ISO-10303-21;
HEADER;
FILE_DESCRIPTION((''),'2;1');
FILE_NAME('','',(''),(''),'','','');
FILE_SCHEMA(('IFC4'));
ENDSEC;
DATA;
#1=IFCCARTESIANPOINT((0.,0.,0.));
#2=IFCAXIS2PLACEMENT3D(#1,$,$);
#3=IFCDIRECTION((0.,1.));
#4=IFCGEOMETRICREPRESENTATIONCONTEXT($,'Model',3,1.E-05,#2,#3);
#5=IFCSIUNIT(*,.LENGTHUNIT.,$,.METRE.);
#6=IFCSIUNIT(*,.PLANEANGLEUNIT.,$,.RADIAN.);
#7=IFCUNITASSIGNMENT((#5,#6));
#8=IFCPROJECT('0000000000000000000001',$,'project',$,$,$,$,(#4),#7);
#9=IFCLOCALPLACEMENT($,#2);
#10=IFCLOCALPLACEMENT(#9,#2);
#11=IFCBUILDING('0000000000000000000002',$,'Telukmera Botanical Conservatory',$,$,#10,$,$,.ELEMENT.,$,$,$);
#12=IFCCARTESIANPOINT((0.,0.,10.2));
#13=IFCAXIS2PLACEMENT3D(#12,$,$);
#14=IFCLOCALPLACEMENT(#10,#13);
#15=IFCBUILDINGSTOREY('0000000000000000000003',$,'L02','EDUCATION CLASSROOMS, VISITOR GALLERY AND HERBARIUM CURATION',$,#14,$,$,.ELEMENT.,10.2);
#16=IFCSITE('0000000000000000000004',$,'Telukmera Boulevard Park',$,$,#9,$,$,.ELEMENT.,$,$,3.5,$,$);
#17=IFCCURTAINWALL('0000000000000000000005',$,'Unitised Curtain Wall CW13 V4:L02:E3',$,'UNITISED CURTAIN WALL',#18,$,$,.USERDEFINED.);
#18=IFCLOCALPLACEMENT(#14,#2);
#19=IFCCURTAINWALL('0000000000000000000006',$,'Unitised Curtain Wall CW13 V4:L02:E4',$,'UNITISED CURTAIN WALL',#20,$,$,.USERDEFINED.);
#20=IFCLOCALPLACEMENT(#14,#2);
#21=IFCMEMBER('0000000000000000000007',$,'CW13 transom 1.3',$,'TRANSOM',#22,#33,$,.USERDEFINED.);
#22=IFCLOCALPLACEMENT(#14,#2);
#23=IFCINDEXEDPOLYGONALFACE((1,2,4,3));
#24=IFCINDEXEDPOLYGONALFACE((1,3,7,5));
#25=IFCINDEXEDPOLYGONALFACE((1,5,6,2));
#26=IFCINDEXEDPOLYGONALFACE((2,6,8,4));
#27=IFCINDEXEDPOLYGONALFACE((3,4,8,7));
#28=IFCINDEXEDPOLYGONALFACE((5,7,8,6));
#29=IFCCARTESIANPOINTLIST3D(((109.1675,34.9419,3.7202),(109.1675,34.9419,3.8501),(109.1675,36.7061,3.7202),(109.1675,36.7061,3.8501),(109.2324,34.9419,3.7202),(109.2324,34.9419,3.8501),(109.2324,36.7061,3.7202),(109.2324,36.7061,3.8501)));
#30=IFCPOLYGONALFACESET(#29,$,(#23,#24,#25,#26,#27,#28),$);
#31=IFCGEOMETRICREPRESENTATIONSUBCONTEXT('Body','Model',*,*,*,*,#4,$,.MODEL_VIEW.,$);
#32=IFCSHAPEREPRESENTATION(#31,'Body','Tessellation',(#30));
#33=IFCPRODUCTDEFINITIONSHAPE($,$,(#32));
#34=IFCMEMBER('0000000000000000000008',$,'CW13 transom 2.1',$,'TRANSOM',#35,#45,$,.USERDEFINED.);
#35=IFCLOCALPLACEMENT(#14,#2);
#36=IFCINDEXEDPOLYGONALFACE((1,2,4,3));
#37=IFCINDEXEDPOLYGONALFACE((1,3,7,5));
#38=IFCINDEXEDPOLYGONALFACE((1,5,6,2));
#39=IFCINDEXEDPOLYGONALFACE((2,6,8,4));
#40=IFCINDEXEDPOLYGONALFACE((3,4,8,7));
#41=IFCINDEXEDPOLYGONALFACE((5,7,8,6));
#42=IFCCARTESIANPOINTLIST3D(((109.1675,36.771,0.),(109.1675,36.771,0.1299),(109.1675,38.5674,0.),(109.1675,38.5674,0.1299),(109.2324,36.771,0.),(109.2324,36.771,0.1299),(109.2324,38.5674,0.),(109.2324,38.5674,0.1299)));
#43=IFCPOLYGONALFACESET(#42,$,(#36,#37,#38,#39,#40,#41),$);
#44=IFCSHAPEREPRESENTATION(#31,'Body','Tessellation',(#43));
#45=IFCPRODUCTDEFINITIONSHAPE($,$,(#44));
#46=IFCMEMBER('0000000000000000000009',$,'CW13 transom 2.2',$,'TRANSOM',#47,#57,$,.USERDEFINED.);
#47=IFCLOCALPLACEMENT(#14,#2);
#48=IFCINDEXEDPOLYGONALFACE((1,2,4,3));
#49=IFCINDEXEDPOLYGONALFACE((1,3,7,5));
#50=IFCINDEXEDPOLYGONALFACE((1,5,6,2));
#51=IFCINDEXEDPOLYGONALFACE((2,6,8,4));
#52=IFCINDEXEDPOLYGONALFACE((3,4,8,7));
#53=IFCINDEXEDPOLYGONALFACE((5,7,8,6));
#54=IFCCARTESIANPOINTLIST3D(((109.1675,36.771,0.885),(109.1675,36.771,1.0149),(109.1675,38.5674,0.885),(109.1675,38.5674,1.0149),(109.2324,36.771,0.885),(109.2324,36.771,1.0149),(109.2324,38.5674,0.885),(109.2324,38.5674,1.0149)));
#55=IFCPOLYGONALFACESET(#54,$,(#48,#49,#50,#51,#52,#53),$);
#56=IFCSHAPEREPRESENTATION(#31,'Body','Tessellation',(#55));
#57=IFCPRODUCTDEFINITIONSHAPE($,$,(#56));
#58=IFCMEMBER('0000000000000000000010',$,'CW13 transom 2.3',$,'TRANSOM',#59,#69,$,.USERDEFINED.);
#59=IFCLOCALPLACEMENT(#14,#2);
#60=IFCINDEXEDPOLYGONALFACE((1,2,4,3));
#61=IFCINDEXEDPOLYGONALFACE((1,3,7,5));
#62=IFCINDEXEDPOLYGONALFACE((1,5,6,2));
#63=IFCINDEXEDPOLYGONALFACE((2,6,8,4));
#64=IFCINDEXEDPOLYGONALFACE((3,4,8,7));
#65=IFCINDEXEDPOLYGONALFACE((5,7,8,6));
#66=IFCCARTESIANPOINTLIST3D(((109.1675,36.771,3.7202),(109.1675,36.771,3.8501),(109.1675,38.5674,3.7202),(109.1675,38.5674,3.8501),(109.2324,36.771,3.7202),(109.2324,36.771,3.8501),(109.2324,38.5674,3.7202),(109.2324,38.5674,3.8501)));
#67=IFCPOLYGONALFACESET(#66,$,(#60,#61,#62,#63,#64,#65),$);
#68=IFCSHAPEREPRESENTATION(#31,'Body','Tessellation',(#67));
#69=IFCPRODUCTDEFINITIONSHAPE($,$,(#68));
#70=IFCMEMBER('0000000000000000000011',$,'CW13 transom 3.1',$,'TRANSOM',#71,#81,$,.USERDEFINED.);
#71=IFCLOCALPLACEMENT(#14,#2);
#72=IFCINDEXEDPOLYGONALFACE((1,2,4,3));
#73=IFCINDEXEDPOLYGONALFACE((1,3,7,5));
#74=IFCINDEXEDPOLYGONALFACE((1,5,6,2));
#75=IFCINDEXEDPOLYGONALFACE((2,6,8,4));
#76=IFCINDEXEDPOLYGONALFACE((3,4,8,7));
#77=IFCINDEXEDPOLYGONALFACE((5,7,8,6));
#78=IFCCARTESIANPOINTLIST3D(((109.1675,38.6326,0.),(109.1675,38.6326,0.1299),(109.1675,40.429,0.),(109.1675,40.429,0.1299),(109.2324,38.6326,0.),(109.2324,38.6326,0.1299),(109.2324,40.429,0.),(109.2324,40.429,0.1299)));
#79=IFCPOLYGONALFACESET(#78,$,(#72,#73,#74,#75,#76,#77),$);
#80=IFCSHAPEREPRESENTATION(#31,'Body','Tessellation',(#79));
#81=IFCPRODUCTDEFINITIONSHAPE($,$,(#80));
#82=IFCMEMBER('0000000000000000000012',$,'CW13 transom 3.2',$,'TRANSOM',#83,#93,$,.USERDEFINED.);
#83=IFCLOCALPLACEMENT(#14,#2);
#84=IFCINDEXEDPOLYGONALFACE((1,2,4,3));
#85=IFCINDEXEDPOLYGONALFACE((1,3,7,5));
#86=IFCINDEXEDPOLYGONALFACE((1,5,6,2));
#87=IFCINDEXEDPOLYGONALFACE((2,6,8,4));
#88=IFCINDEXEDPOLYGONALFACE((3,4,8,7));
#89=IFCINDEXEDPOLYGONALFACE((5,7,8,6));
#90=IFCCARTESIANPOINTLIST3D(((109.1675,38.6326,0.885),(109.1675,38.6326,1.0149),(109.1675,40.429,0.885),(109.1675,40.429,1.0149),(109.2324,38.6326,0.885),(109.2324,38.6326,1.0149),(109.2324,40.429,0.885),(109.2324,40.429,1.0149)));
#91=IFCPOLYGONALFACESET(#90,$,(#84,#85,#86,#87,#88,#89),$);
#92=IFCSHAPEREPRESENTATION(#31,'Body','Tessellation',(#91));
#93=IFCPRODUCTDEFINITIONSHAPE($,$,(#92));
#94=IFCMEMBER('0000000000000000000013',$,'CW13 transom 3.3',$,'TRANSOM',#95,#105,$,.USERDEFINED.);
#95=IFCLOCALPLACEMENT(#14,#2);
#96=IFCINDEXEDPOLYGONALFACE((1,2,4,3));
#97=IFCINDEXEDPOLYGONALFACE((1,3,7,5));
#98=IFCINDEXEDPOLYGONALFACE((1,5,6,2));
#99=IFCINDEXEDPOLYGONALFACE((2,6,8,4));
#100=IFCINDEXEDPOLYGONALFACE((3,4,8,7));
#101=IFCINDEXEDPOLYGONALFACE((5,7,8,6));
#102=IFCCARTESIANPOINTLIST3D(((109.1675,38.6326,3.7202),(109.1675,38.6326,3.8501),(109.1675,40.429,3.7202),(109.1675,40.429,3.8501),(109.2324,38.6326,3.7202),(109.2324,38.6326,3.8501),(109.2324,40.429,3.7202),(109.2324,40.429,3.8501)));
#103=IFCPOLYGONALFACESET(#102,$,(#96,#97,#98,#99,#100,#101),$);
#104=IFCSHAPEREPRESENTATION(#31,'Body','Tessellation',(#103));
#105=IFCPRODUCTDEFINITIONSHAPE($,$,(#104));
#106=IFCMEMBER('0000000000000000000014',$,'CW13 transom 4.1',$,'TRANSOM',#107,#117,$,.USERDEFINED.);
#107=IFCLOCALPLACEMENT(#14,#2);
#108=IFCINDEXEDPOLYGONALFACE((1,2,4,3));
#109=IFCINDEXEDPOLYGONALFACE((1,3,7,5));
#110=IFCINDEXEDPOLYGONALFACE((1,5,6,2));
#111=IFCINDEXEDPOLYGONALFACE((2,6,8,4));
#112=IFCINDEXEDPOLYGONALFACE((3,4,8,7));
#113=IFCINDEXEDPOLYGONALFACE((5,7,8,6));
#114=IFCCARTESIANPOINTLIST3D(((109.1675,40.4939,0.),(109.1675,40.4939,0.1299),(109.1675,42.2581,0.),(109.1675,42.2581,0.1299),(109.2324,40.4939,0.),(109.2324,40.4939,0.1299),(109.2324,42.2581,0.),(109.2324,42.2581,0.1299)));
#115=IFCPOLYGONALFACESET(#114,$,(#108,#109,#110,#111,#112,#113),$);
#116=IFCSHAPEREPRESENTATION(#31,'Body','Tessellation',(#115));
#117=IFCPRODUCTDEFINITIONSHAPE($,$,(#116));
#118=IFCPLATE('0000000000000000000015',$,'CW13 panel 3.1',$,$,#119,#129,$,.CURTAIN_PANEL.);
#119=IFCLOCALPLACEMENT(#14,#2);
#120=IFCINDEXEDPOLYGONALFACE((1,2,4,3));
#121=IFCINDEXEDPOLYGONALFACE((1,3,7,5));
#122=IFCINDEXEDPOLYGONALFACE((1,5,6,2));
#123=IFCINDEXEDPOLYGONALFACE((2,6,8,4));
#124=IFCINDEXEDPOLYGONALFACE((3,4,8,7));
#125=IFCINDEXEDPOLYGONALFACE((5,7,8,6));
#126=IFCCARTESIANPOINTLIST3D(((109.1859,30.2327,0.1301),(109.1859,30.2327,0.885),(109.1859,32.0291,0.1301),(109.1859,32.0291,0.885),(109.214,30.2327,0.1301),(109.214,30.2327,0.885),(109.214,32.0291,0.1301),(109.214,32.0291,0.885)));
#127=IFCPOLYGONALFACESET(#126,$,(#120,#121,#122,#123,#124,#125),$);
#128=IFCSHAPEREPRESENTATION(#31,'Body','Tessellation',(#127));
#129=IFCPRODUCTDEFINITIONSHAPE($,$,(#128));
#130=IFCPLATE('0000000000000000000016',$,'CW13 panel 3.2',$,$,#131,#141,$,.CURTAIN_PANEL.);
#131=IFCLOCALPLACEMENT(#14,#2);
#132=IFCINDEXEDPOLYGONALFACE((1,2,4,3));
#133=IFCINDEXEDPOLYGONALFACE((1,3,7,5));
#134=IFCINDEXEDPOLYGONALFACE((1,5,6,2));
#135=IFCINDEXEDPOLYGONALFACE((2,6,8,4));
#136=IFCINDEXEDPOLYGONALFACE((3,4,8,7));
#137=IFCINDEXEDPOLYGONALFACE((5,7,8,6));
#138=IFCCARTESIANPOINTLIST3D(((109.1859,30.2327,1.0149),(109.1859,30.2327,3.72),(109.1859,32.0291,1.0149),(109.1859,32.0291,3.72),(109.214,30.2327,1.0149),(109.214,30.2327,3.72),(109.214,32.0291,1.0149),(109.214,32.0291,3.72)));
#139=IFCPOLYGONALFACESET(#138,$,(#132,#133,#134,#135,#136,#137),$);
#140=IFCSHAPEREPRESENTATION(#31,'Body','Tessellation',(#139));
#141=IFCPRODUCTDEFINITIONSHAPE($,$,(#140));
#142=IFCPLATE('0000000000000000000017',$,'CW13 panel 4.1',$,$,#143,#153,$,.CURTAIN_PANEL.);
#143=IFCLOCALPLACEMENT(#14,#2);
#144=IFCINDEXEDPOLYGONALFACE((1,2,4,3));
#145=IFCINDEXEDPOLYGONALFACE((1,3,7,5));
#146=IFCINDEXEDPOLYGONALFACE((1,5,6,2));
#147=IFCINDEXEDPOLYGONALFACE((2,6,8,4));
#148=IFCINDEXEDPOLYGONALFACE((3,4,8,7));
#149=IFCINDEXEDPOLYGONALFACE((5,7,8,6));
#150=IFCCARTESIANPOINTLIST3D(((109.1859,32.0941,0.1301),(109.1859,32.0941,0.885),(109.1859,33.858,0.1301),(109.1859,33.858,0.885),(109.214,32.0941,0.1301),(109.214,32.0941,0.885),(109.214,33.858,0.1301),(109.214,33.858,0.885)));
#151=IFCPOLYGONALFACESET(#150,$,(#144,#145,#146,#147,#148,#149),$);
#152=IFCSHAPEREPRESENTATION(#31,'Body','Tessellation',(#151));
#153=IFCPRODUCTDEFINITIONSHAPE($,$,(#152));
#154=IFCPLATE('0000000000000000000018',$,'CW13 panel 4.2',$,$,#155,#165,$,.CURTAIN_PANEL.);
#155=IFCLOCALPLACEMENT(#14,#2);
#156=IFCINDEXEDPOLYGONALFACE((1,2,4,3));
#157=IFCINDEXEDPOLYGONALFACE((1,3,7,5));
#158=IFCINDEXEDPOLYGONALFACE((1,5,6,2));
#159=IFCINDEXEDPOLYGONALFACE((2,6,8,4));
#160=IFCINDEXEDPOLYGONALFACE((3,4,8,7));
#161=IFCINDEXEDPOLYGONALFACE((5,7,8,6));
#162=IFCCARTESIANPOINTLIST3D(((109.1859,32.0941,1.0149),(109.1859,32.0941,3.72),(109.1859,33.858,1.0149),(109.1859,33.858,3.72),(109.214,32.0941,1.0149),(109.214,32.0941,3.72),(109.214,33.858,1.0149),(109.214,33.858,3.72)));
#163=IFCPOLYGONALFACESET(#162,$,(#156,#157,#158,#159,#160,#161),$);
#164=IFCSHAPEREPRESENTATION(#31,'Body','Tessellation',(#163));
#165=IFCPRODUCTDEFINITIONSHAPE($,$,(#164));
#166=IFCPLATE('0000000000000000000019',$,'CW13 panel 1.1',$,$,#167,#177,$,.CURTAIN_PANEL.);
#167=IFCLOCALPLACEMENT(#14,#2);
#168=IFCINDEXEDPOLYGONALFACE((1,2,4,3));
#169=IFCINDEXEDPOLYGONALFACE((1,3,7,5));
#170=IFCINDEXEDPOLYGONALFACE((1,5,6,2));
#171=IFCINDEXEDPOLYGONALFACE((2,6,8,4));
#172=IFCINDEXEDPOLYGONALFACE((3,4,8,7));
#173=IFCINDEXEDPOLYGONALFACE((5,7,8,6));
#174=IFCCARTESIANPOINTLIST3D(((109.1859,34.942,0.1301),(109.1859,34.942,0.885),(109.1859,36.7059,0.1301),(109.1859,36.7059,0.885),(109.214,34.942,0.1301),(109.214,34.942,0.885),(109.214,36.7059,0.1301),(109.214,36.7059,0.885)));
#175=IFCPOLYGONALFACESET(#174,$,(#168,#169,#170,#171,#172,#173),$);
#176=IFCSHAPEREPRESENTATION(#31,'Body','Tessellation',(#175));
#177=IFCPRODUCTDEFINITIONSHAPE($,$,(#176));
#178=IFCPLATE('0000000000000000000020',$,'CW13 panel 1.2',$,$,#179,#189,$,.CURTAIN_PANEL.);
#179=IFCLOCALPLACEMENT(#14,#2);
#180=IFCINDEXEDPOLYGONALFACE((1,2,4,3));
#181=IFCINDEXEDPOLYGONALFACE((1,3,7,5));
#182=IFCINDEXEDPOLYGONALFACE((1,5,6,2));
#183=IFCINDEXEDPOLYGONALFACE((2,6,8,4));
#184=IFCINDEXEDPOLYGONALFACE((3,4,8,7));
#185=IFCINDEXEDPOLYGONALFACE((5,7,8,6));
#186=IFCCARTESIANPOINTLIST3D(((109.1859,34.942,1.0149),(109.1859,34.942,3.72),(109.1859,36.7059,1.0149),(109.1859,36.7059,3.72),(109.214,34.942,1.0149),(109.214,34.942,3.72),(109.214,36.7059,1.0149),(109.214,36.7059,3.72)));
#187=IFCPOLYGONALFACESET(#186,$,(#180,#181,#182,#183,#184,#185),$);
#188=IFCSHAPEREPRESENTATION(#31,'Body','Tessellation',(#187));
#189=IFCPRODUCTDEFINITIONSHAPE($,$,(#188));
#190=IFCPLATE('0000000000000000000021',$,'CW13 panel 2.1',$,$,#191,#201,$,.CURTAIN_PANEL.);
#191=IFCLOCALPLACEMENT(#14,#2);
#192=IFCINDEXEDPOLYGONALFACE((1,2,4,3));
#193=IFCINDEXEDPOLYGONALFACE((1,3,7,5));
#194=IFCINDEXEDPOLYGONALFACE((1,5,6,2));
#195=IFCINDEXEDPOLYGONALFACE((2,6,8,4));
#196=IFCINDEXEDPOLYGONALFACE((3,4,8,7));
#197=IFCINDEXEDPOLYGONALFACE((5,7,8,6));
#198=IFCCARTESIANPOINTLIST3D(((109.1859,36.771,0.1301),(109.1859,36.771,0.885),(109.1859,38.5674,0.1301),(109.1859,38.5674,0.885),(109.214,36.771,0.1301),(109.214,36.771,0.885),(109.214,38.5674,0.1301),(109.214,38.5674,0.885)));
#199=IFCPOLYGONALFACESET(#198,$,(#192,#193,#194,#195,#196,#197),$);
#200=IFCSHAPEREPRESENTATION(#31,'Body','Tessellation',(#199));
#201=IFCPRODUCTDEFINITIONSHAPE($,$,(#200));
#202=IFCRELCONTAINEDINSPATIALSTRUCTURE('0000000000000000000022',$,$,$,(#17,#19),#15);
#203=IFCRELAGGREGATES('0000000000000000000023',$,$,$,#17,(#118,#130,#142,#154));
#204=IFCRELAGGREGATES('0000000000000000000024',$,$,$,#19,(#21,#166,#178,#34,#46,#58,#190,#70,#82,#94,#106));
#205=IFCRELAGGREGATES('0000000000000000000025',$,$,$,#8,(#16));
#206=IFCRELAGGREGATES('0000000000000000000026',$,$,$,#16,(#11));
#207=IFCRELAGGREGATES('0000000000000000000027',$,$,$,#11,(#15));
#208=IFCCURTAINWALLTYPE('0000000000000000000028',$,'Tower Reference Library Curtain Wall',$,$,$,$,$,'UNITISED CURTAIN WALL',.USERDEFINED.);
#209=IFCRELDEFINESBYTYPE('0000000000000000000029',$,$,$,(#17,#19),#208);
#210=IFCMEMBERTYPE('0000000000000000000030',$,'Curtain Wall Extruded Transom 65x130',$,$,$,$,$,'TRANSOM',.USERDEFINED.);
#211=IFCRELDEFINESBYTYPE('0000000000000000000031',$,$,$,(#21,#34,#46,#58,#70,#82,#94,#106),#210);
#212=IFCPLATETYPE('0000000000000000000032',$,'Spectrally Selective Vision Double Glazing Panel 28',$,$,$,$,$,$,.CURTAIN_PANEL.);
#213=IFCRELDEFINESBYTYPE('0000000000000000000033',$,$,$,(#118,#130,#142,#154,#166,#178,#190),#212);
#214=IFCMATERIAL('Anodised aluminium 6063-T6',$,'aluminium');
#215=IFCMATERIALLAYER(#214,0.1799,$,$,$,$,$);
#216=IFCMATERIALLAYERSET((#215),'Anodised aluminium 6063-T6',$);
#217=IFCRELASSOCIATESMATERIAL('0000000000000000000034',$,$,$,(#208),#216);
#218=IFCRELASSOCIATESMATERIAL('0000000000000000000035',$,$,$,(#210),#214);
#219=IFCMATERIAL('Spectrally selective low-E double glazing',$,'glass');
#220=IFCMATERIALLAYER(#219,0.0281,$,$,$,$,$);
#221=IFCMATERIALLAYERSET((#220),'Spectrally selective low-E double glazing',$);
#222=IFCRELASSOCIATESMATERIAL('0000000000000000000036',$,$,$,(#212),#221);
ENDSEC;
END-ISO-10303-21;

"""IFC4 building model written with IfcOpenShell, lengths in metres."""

from ifc_helpers import new_model, si_unit, direction, frame, origin, origin_2d, place, context, subcontext, project, spatial, rectangle, extrude, material, layer, layer_set, material_profile, profile_set, type_object, element, aggregate, save


model = new_model("IFC4")

# Units and contexts
model_context = context("Model", 3, precision=1e-05, world=origin(), true_north=direction((0.0, 1.0)))
body_context = subcontext(model_context, "Body", "Model", "MODEL_VIEW")
ifc_project = project(units=[si_unit("LENGTHUNIT", "METRE"), si_unit("PLANEANGLEUNIT", "RADIAN")], contexts=[model_context])

# Site, building, storey
site_placement = place(None, origin())
site = spatial("IfcSite", under=ifc_project, at=site_placement, Name="Telukmera Boulevard Park", CompositionType="ELEMENT", RefElevation=3.5)
building_placement = place(site_placement, origin())
building = spatial("IfcBuilding", under=site, at=building_placement, Name="Telukmera Botanical Conservatory", CompositionType="ELEMENT")
storey_placement = place(building_placement, frame((0.0, 0.0, 10.2)))
storey = spatial("IfcBuildingStorey", under=building, at=storey_placement, Name="L02", Description="EDUCATION CLASSROOMS, VISITOR GALLERY AND HERBARIUM CURATION", CompositionType="ELEMENT", Elevation=10.2)

# Curtain walls
ifc_material_1 = material(Name="Anodised aluminium 6063-T6", Category="aluminium")
ifc_layer_1 = layer(ifc_material_1, 0.1799)
ifc_layer_set_1 = layer_set([ifc_layer_1], Name="Anodised aluminium 6063-T6")
curtain_wall_type = type_object("IfcCurtainWallType", Name="Tower Reference Library Curtain Wall", ElementType="UNITISED CURTAIN WALL", PredefinedType="USERDEFINED", material=ifc_layer_set_1)
curtain_wall_1_placement = place(storey_placement, origin())
curtain_wall_1 = element("IfcCurtainWall", 1, at=curtain_wall_1_placement, inside=storey, type_object=curtain_wall_type, Name="Unitised Curtain Wall CW13 V4:L02:E3", ObjectType="UNITISED CURTAIN WALL", PredefinedType="USERDEFINED")
curtain_wall_2_placement = place(storey_placement, origin())
curtain_wall_2 = element("IfcCurtainWall", 2, at=curtain_wall_2_placement, inside=storey, type_object=curtain_wall_type, Name="Unitised Curtain Wall CW13 V4:L02:E4", ObjectType="UNITISED CURTAIN WALL", PredefinedType="USERDEFINED")

# Members
ifc_material_profile_1 = material_profile(ifc_material_1, rectangle(XDim=0.0649, YDim=0.1299, at=origin_2d()), Name="ALU TRAN 65x130")
ifc_profile_set_1 = profile_set([ifc_material_profile_1], Name="Anodised aluminium 6063-T6")
member_type_1 = type_object("IfcMemberType", Name="Curtain Wall Extruded Transom 65x130", ElementType="TRANSOM", PredefinedType="USERDEFINED", material=ifc_profile_set_1)
member_1_placement = place(storey_placement, frame((109.2, 34.9419, 3.7852), z_axis=(0.0, 1.0, 0.0), x_axis=(-1.0, 0.0, 0.0)))
member_1 = element("IfcMember", 3, at=member_1_placement, type_object=member_type_1, Name="CW13 transom 1.3", ObjectType="TRANSOM", PredefinedType="USERDEFINED", context=body_context, shape_type="SweptSolid", body=[
    extrude(rectangle(XDim=0.0649, YDim=0.1299, at=origin_2d()), origin(), (0.0, 0.0, 1.0), 1.7642),
])
member_2_placement = place(storey_placement, frame((109.2, 36.771, 0.0649), z_axis=(0.0, 1.0, 0.0), x_axis=(-1.0, 0.0, 0.0)))
member_2 = element("IfcMember", 4, at=member_2_placement, type_object=member_type_1, Name="CW13 transom 2.1", ObjectType="TRANSOM", PredefinedType="USERDEFINED", context=body_context, shape_type="SweptSolid", body=[
    extrude(rectangle(XDim=0.0649, YDim=0.1299, at=origin_2d()), origin(), (0.0, 0.0, 1.0), 1.7964),
])
member_3_placement = place(storey_placement, frame((109.2, 36.771, 0.95), z_axis=(0.0, 1.0, 0.0), x_axis=(-1.0, 0.0, 0.0)))
member_3 = element("IfcMember", 5, at=member_3_placement, type_object=member_type_1, Name="CW13 transom 2.2", ObjectType="TRANSOM", PredefinedType="USERDEFINED", context=body_context, shape_type="SweptSolid", body=[
    extrude(rectangle(XDim=0.0649, YDim=0.1299, at=origin_2d()), origin(), (0.0, 0.0, 1.0), 1.7964),
])
member_4_placement = place(storey_placement, frame((109.2, 36.771, 3.7852), z_axis=(0.0, 1.0, 0.0), x_axis=(-1.0, 0.0, 0.0)))
member_4 = element("IfcMember", 6, at=member_4_placement, type_object=member_type_1, Name="CW13 transom 2.3", ObjectType="TRANSOM", PredefinedType="USERDEFINED", context=body_context, shape_type="SweptSolid", body=[
    extrude(rectangle(XDim=0.0649, YDim=0.1299, at=origin_2d()), origin(), (0.0, 0.0, 1.0), 1.7964),
])
member_5_placement = place(storey_placement, frame((109.2, 38.6326, 0.0649), z_axis=(0.0, 1.0, 0.0), x_axis=(-1.0, 0.0, 0.0)))
member_5 = element("IfcMember", 7, at=member_5_placement, type_object=member_type_1, Name="CW13 transom 3.1", ObjectType="TRANSOM", PredefinedType="USERDEFINED", context=body_context, shape_type="SweptSolid", body=[
    extrude(rectangle(XDim=0.0649, YDim=0.1299, at=origin_2d()), origin(), (0.0, 0.0, 1.0), 1.7964),
])
member_6_placement = place(storey_placement, frame((109.2, 38.6326, 0.95), z_axis=(0.0, 1.0, 0.0), x_axis=(-1.0, 0.0, 0.0)))
member_6 = element("IfcMember", 8, at=member_6_placement, type_object=member_type_1, Name="CW13 transom 3.2", ObjectType="TRANSOM", PredefinedType="USERDEFINED", context=body_context, shape_type="SweptSolid", body=[
    extrude(rectangle(XDim=0.0649, YDim=0.1299, at=origin_2d()), origin(), (0.0, 0.0, 1.0), 1.7964),
])
member_7_placement = place(storey_placement, frame((109.2, 38.6326, 3.7852), z_axis=(0.0, 1.0, 0.0), x_axis=(-1.0, 0.0, 0.0)))
member_7 = element("IfcMember", 9, at=member_7_placement, type_object=member_type_1, Name="CW13 transom 3.3", ObjectType="TRANSOM", PredefinedType="USERDEFINED", context=body_context, shape_type="SweptSolid", body=[
    extrude(rectangle(XDim=0.0649, YDim=0.1299, at=origin_2d()), origin(), (0.0, 0.0, 1.0), 1.7964),
])
member_8_placement = place(storey_placement, frame((109.2, 40.4939, 0.0649), z_axis=(0.0, 1.0, 0.0), x_axis=(-1.0, 0.0, 0.0)))
member_8 = element("IfcMember", 10, at=member_8_placement, type_object=member_type_1, Name="CW13 transom 4.1", ObjectType="TRANSOM", PredefinedType="USERDEFINED", context=body_context, shape_type="SweptSolid", body=[
    extrude(rectangle(XDim=0.0649, YDim=0.1299, at=origin_2d()), origin(), (0.0, 0.0, 1.0), 1.7642),
])

# Plates
ifc_material_2 = material(Name="Spectrally selective low-E double glazing", Category="glass")
ifc_layer_2 = layer(ifc_material_2, 0.0281)
ifc_layer_set_2 = layer_set([ifc_layer_2], Name="Spectrally selective low-E double glazing")
plate_type = type_object("IfcPlateType", Name="Spectrally Selective Vision Double Glazing Panel 28", PredefinedType="CURTAIN_PANEL", material=ifc_layer_set_2)
plate_1_placement = place(storey_placement, frame((109.2, 31.1309, 0.1301), z_axis=(0.0, 0.0, 1.0), x_axis=(0.0, 1.0, 0.0)))
plate_1 = element("IfcPlate", 11, at=plate_1_placement, type_object=plate_type, Name="CW13 panel 3.1", PredefinedType="CURTAIN_PANEL", context=body_context, shape_type="SweptSolid", body=[
    extrude(rectangle(XDim=1.7964, YDim=0.0281, at=origin_2d()), origin(), (0.0, 0.0, 1.0), 0.7549),
])
plate_2_placement = place(storey_placement, frame((109.2, 31.1309, 1.0149), z_axis=(0.0, 0.0, 1.0), x_axis=(0.0, 1.0, 0.0)))
plate_2 = element("IfcPlate", 12, at=plate_2_placement, type_object=plate_type, Name="CW13 panel 3.2", PredefinedType="CURTAIN_PANEL", context=body_context, shape_type="SweptSolid", body=[
    extrude(rectangle(XDim=1.7964, YDim=0.0281, at=origin_2d()), origin(), (0.0, 0.0, 1.0), 2.7051),
])
plate_3_placement = place(storey_placement, frame((109.2, 32.9761, 0.1301), z_axis=(0.0, 0.0, 1.0), x_axis=(0.0, 1.0, 0.0)))
plate_3 = element("IfcPlate", 13, at=plate_3_placement, type_object=plate_type, Name="CW13 panel 4.1", PredefinedType="CURTAIN_PANEL", context=body_context, shape_type="SweptSolid", body=[
    extrude(rectangle(XDim=1.7639, YDim=0.0281, at=origin_2d()), origin(), (0.0, 0.0, 1.0), 0.7549),
])
plate_4_placement = place(storey_placement, frame((109.2, 32.9761, 1.0149), z_axis=(0.0, 0.0, 1.0), x_axis=(0.0, 1.0, 0.0)))
plate_4 = element("IfcPlate", 14, at=plate_4_placement, type_object=plate_type, Name="CW13 panel 4.2", PredefinedType="CURTAIN_PANEL", context=body_context, shape_type="SweptSolid", body=[
    extrude(rectangle(XDim=1.7639, YDim=0.0281, at=origin_2d()), origin(), (0.0, 0.0, 1.0), 2.7051),
])
aggregate(curtain_wall_1, [plate_1, plate_2, plate_3, plate_4])
plate_5_placement = place(storey_placement, frame((109.2, 35.824, 0.1301), z_axis=(0.0, 0.0, 1.0), x_axis=(0.0, 1.0, 0.0)))
plate_5 = element("IfcPlate", 15, at=plate_5_placement, type_object=plate_type, Name="CW13 panel 1.1", PredefinedType="CURTAIN_PANEL", context=body_context, shape_type="SweptSolid", body=[
    extrude(rectangle(XDim=1.7639, YDim=0.0281, at=origin_2d()), origin(), (0.0, 0.0, 1.0), 0.7549),
])
plate_6_placement = place(storey_placement, frame((109.2, 35.824, 1.0149), z_axis=(0.0, 0.0, 1.0), x_axis=(0.0, 1.0, 0.0)))
plate_6 = element("IfcPlate", 16, at=plate_6_placement, type_object=plate_type, Name="CW13 panel 1.2", PredefinedType="CURTAIN_PANEL", context=body_context, shape_type="SweptSolid", body=[
    extrude(rectangle(XDim=1.7639, YDim=0.0281, at=origin_2d()), origin(), (0.0, 0.0, 1.0), 2.7051),
])
plate_7_placement = place(storey_placement, frame((109.2, 37.6692, 0.1301), z_axis=(0.0, 0.0, 1.0), x_axis=(0.0, 1.0, 0.0)))
plate_7 = element("IfcPlate", 17, at=plate_7_placement, type_object=plate_type, Name="CW13 panel 2.1", PredefinedType="CURTAIN_PANEL", context=body_context, shape_type="SweptSolid", body=[
    extrude(rectangle(XDim=1.7964, YDim=0.0281, at=origin_2d()), origin(), (0.0, 0.0, 1.0), 0.7549),
])
aggregate(curtain_wall_2, [member_1, plate_5, plate_6, member_2, member_3, member_4, plate_7, member_5, member_6, member_7, member_8])

save(model, "model.ifc")
